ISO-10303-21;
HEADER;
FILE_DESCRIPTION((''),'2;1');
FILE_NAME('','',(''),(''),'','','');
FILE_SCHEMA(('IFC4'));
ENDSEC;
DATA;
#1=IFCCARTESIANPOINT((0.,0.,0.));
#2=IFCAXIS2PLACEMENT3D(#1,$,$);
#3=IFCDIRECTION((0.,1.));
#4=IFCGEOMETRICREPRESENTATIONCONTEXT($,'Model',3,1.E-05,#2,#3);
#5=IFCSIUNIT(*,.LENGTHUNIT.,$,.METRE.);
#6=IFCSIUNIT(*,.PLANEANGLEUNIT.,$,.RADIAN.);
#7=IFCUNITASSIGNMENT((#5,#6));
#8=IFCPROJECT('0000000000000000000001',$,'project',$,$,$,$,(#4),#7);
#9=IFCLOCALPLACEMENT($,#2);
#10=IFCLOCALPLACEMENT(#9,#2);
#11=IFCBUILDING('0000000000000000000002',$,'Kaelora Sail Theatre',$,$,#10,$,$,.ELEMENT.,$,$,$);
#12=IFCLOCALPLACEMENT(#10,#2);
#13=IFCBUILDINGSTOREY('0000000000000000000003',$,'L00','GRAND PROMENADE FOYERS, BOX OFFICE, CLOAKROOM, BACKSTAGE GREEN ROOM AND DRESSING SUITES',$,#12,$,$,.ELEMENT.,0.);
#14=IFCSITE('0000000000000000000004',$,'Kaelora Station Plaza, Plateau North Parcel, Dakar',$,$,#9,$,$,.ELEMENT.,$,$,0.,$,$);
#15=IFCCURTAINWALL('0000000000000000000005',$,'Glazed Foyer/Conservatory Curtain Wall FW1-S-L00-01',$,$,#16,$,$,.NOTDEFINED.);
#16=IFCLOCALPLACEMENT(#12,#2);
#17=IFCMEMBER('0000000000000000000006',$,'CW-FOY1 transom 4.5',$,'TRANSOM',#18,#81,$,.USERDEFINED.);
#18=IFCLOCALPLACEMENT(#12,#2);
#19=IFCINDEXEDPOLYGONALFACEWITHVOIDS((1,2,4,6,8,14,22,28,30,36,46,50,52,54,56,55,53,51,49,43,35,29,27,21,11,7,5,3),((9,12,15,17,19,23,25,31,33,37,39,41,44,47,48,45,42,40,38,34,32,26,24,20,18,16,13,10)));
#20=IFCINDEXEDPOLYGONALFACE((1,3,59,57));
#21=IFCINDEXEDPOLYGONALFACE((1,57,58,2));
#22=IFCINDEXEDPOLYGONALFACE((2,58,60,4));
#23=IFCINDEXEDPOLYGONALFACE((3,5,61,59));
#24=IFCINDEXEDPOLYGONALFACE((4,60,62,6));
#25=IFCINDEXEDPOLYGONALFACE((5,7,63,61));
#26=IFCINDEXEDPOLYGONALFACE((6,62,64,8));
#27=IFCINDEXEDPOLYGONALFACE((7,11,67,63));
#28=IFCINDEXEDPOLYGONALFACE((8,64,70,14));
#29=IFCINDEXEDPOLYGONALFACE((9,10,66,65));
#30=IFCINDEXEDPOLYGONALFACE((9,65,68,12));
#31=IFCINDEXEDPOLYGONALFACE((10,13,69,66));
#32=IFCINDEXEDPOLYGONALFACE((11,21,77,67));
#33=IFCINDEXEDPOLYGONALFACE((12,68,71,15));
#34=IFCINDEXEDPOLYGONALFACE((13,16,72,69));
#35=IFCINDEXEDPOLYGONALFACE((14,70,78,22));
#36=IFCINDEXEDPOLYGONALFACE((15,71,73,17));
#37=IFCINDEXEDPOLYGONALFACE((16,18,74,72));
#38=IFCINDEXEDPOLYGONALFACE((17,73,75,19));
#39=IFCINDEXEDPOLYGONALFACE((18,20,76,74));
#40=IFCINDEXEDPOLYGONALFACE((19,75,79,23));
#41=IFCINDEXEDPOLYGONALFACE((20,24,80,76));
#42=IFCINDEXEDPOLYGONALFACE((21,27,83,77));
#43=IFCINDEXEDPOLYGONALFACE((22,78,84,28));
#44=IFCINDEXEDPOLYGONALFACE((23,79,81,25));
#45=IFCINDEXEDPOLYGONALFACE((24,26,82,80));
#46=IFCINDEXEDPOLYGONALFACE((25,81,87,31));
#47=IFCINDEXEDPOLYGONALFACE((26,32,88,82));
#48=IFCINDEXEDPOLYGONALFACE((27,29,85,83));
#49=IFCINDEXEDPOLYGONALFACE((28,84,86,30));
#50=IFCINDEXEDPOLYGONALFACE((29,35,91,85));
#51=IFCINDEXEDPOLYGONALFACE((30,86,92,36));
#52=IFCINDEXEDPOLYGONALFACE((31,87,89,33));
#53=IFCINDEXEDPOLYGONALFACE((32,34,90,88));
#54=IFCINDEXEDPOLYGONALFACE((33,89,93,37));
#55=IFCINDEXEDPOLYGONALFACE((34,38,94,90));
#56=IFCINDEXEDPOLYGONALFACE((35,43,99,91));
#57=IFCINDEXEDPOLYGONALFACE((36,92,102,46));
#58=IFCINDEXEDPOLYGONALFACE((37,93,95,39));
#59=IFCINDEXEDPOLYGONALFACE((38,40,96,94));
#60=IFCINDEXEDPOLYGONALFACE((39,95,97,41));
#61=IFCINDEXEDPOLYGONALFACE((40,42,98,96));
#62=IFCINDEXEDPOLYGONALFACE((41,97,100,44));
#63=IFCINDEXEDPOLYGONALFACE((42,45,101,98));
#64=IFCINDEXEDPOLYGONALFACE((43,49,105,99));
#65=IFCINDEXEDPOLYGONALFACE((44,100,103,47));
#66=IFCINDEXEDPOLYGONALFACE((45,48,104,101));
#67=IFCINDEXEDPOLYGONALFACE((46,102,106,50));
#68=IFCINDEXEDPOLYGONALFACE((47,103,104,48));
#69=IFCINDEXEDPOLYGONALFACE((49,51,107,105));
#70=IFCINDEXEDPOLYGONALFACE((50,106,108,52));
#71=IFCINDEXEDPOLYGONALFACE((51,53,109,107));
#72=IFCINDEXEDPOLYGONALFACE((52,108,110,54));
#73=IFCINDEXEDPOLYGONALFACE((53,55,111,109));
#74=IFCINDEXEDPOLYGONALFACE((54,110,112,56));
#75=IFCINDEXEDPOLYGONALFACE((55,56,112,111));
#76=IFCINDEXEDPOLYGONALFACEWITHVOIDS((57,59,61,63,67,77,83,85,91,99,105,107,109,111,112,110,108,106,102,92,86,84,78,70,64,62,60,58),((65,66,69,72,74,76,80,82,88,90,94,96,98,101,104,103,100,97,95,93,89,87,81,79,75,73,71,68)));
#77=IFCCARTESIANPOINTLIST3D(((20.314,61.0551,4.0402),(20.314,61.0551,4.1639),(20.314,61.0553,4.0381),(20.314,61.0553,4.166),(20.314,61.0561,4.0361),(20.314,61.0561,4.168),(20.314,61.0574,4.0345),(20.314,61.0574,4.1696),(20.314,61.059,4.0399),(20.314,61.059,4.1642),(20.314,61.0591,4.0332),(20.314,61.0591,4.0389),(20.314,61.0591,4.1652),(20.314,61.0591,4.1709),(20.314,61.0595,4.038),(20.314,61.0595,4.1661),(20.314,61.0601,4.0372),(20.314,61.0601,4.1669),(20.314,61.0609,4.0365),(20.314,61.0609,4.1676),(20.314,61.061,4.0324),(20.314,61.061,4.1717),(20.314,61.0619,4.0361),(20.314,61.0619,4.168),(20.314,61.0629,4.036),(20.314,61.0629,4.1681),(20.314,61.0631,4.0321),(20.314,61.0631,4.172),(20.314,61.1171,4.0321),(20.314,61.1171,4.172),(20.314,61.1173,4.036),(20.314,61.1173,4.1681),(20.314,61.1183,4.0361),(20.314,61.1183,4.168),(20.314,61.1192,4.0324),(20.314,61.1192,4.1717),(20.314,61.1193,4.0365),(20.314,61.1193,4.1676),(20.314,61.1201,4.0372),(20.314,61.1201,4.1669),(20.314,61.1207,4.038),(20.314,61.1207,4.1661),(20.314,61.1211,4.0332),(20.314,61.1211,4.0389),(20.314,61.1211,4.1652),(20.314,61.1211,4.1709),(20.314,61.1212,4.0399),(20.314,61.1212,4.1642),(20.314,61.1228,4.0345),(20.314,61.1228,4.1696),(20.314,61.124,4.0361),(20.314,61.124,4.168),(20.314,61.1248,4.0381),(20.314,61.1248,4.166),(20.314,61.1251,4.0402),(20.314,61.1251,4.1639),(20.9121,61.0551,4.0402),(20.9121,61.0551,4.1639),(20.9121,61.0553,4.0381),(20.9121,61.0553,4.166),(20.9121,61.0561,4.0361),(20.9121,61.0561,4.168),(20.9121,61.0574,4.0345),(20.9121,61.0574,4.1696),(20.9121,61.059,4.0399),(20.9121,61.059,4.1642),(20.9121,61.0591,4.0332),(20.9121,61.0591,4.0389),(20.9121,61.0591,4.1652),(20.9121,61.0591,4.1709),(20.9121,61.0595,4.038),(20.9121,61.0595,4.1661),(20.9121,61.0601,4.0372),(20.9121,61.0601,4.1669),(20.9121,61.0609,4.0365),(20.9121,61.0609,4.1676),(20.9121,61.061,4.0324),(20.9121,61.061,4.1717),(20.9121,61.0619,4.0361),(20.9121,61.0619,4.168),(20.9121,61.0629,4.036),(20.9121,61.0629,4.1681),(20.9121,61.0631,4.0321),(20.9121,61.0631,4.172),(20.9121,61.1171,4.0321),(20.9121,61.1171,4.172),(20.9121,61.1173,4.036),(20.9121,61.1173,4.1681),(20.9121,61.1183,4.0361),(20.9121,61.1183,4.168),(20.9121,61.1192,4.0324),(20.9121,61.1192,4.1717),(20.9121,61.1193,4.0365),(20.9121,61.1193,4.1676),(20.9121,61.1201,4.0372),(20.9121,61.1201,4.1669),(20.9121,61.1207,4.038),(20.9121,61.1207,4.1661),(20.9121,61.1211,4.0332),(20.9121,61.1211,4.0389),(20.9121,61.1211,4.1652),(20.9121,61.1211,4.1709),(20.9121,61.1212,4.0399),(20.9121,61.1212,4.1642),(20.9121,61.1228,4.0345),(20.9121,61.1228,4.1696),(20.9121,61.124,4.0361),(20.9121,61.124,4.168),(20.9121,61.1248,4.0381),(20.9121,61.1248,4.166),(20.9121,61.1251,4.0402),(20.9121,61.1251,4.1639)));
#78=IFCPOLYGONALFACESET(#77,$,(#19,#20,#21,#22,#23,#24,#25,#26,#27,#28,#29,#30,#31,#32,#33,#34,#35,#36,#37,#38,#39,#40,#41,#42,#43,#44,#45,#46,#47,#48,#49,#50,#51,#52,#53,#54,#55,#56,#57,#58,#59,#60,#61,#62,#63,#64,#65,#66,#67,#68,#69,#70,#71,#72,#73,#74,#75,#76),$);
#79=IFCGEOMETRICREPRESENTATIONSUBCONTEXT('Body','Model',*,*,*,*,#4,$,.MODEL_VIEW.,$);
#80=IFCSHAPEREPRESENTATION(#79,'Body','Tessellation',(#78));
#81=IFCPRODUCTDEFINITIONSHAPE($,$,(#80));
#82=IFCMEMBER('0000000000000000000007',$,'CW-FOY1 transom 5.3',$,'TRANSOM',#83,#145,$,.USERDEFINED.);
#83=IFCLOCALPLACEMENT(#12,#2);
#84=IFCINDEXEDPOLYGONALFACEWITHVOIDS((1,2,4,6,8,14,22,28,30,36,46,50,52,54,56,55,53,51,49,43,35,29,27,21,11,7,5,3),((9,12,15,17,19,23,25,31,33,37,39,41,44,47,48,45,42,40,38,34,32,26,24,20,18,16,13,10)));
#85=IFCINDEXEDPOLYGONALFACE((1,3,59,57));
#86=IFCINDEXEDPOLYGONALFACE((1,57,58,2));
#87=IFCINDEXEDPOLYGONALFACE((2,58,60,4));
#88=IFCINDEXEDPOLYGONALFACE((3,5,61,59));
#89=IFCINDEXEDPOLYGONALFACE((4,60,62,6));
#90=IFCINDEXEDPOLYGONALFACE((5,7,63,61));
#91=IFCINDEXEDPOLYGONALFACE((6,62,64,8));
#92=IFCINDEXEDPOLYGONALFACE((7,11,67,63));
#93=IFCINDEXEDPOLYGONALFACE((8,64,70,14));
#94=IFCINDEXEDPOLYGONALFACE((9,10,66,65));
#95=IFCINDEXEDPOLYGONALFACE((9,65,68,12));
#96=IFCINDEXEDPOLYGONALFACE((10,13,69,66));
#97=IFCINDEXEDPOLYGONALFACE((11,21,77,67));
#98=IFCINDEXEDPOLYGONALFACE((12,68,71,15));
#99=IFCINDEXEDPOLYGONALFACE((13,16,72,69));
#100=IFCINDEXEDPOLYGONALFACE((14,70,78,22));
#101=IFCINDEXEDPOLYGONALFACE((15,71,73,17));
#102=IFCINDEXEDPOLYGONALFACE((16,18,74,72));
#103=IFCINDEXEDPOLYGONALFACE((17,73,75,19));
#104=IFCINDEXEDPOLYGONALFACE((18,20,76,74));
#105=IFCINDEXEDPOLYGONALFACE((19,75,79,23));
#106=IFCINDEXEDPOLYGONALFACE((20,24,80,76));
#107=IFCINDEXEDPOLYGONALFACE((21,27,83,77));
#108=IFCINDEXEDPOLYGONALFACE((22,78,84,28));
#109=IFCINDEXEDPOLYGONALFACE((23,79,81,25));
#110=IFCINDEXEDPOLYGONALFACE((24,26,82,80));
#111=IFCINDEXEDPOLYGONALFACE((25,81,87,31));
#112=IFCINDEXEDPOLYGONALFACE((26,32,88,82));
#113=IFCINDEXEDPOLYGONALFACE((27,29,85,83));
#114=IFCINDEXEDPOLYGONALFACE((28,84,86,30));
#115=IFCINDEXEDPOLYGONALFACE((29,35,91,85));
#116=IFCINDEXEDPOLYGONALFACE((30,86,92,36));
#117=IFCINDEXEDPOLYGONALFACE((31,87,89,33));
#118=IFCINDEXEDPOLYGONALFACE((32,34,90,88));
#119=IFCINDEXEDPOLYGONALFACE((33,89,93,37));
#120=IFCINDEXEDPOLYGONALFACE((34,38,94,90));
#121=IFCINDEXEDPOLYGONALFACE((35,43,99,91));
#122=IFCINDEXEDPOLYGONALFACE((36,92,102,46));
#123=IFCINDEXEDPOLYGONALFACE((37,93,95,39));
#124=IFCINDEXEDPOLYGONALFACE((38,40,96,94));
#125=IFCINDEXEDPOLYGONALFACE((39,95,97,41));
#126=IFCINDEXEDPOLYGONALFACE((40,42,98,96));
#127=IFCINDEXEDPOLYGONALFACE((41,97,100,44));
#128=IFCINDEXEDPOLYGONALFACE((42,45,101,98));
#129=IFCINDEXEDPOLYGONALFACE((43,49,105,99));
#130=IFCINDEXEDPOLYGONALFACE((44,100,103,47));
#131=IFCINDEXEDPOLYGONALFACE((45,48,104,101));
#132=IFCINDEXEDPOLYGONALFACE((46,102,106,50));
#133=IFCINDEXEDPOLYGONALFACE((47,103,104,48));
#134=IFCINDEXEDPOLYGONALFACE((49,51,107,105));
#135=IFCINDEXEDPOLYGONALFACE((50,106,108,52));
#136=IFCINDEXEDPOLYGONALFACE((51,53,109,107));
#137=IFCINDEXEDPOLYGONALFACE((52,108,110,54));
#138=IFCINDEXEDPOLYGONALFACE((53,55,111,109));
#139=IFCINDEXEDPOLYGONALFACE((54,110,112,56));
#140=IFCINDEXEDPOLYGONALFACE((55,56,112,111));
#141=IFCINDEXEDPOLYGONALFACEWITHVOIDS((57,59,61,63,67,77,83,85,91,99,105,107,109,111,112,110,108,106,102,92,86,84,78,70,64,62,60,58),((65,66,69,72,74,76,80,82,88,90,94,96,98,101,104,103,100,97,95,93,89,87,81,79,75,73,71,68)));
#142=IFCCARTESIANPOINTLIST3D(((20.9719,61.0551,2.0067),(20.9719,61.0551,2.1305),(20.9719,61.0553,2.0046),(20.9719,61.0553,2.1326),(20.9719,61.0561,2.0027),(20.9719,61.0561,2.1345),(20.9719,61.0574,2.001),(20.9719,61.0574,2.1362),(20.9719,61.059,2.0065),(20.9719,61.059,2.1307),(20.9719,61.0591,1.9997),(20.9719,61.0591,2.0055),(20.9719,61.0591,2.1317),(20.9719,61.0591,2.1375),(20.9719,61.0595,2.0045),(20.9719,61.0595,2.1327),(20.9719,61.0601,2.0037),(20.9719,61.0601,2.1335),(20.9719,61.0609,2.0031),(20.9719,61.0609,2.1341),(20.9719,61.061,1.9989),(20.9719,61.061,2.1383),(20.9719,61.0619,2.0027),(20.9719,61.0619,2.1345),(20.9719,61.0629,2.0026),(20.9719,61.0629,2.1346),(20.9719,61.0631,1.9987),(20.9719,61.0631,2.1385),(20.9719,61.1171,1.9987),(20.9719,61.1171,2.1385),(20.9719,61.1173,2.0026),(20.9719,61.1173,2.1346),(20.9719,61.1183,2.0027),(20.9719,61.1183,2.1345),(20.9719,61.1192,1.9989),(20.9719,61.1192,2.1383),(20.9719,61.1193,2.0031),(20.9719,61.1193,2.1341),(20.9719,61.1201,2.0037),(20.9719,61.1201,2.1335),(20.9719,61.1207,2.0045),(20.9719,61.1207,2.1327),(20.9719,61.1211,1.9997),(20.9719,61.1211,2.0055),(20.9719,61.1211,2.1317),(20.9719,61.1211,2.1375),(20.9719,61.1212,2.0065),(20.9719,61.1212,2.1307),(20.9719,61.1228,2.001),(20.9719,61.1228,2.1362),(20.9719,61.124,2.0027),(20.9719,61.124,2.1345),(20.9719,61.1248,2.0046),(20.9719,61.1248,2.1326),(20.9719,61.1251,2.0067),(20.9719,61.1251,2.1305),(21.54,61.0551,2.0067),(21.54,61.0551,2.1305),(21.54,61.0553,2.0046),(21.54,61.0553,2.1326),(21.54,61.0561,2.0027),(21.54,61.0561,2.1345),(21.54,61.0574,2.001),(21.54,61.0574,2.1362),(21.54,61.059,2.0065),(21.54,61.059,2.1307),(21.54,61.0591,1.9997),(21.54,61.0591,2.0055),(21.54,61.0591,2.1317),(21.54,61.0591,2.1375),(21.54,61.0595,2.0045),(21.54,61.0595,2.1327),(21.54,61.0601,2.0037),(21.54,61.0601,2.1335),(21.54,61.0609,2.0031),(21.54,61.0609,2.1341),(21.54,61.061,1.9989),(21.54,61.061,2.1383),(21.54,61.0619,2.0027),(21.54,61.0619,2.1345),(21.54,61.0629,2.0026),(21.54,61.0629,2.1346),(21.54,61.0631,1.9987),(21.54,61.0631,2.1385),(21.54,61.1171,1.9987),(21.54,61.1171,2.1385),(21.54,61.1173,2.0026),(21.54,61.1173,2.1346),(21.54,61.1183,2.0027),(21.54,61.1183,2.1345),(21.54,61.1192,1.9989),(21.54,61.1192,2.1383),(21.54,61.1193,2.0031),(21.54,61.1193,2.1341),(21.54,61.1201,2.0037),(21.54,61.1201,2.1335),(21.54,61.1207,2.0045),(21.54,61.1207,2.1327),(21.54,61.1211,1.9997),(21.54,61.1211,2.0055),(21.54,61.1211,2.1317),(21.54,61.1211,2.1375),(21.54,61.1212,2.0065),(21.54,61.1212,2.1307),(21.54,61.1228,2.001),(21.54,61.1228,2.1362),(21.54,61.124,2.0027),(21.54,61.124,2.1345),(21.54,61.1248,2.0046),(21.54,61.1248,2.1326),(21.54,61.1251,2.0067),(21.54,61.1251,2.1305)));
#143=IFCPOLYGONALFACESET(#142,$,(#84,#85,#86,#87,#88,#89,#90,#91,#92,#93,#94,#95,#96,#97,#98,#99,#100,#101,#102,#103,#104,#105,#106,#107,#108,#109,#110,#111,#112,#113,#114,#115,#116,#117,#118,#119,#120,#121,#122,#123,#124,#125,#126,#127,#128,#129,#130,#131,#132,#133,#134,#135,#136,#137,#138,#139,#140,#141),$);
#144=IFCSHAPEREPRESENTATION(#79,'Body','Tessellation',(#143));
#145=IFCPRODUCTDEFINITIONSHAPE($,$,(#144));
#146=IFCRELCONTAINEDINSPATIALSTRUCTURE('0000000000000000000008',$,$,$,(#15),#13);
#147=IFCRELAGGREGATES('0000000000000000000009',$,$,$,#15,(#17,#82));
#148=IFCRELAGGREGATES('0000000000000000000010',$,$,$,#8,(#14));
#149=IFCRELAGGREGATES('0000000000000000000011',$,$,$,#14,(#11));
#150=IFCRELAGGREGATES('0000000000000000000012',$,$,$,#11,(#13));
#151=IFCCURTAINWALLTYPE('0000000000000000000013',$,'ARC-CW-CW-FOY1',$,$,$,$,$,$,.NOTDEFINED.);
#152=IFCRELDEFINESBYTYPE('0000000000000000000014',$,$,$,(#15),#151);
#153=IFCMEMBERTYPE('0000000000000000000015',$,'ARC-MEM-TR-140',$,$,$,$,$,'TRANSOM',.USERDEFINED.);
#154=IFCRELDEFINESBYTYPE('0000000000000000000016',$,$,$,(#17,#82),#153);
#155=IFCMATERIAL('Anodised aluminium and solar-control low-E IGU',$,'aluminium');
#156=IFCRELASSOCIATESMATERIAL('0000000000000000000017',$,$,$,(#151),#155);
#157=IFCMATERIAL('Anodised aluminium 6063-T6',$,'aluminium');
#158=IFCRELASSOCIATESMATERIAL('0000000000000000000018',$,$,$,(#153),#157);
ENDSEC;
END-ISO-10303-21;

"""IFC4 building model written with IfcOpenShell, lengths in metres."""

from ifc_helpers import new_model, si_unit, direction, frame, origin, origin_2d, place, context, subcontext, project, spatial, hollow_rectangle, extrude, material, material_profile, profile_set, type_object, element, aggregate, save


model = new_model("IFC4")

# Units and contexts
model_context = context("Model", 3, precision=1e-05, world=origin(), true_north=direction((0.0, 1.0)))
body_context = subcontext(model_context, "Body", "Model", "MODEL_VIEW")
ifc_project = project(units=[si_unit("LENGTHUNIT", "METRE"), si_unit("PLANEANGLEUNIT", "RADIAN")], contexts=[model_context])

# Site, building, storey
site_placement = place(None, origin())
site = spatial("IfcSite", under=ifc_project, at=site_placement, Name="Kaelora Station Plaza, Plateau North Parcel, Dakar", CompositionType="ELEMENT", RefElevation=0.0)
building_placement = place(site_placement, origin())
building = spatial("IfcBuilding", under=site, at=building_placement, Name="Kaelora Sail Theatre", CompositionType="ELEMENT")
storey_placement = place(building_placement, origin())
storey = spatial("IfcBuildingStorey", under=building, at=storey_placement, Name="L00", Description="GRAND PROMENADE FOYERS, BOX OFFICE, CLOAKROOM, BACKSTAGE GREEN ROOM AND DRESSING SUITES", CompositionType="ELEMENT", Elevation=0.0)

# Curtain wall, members
ifc_material_1 = material(Name="Anodised aluminium and solar-control low-E IGU", Category="aluminium")
curtain_wall_type = type_object("IfcCurtainWallType", Name="ARC-CW-CW-FOY1", PredefinedType="NOTDEFINED", material=ifc_material_1)
curtain_wall_placement = place(storey_placement, origin())
curtain_wall = element("IfcCurtainWall", 1, at=curtain_wall_placement, inside=storey, type_object=curtain_wall_type, Name="Glazed Foyer/Conservatory Curtain Wall FW1-S-L00-01", PredefinedType="NOTDEFINED")
ifc_material_2 = material(Name="Anodised aluminium 6063-T6", Category="aluminium")
ifc_material_profile = material_profile(ifc_material_2, hollow_rectangle(XDim=0.0701, YDim=0.1399, WallThickness=0.0039, InnerFilletRadius=0.0039, OuterFilletRadius=0.0081, at=origin_2d()), Name="ALU-TRAN 70x140x4")
ifc_profile_set = profile_set([ifc_material_profile], Name="Anodised aluminium 6063-T6")
member_type = type_object("IfcMemberType", Name="ARC-MEM-TR-140", ElementType="TRANSOM", PredefinedType="USERDEFINED", material=ifc_profile_set)
member_1_placement = place(storey_placement, frame((20.314, 61.0901, 4.1021), z_axis=(1.0, 0.0, 0.0), x_axis=(0.0, 1.0, 0.0)))
member_1 = element("IfcMember", 2, at=member_1_placement, type_object=member_type, Name="CW-FOY1 transom 4.5", ObjectType="TRANSOM", PredefinedType="USERDEFINED", context=body_context, shape_type="SweptSolid", body=[
    extrude(hollow_rectangle(XDim=0.0701, YDim=0.1399, WallThickness=0.0039, InnerFilletRadius=0.0039, OuterFilletRadius=0.0081, at=origin_2d()), origin(), (0.0, 0.0, 1.0), 0.5981),
])
member_2_placement = place(storey_placement, frame((20.9719, 61.0901, 2.0686), z_axis=(1.0, 0.0, 0.0), x_axis=(0.0, 1.0, 0.0)))
member_2 = element("IfcMember", 3, at=member_2_placement, type_object=member_type, Name="CW-FOY1 transom 5.3", ObjectType="TRANSOM", PredefinedType="USERDEFINED", context=body_context, shape_type="SweptSolid", body=[
    extrude(hollow_rectangle(XDim=0.0701, YDim=0.1399, WallThickness=0.0039, InnerFilletRadius=0.0039, OuterFilletRadius=0.0081, at=origin_2d()), origin(), (0.0, 0.0, 1.0), 0.5681),
])
aggregate(curtain_wall, [member_1, member_2])

save(model, "model.ifc")
